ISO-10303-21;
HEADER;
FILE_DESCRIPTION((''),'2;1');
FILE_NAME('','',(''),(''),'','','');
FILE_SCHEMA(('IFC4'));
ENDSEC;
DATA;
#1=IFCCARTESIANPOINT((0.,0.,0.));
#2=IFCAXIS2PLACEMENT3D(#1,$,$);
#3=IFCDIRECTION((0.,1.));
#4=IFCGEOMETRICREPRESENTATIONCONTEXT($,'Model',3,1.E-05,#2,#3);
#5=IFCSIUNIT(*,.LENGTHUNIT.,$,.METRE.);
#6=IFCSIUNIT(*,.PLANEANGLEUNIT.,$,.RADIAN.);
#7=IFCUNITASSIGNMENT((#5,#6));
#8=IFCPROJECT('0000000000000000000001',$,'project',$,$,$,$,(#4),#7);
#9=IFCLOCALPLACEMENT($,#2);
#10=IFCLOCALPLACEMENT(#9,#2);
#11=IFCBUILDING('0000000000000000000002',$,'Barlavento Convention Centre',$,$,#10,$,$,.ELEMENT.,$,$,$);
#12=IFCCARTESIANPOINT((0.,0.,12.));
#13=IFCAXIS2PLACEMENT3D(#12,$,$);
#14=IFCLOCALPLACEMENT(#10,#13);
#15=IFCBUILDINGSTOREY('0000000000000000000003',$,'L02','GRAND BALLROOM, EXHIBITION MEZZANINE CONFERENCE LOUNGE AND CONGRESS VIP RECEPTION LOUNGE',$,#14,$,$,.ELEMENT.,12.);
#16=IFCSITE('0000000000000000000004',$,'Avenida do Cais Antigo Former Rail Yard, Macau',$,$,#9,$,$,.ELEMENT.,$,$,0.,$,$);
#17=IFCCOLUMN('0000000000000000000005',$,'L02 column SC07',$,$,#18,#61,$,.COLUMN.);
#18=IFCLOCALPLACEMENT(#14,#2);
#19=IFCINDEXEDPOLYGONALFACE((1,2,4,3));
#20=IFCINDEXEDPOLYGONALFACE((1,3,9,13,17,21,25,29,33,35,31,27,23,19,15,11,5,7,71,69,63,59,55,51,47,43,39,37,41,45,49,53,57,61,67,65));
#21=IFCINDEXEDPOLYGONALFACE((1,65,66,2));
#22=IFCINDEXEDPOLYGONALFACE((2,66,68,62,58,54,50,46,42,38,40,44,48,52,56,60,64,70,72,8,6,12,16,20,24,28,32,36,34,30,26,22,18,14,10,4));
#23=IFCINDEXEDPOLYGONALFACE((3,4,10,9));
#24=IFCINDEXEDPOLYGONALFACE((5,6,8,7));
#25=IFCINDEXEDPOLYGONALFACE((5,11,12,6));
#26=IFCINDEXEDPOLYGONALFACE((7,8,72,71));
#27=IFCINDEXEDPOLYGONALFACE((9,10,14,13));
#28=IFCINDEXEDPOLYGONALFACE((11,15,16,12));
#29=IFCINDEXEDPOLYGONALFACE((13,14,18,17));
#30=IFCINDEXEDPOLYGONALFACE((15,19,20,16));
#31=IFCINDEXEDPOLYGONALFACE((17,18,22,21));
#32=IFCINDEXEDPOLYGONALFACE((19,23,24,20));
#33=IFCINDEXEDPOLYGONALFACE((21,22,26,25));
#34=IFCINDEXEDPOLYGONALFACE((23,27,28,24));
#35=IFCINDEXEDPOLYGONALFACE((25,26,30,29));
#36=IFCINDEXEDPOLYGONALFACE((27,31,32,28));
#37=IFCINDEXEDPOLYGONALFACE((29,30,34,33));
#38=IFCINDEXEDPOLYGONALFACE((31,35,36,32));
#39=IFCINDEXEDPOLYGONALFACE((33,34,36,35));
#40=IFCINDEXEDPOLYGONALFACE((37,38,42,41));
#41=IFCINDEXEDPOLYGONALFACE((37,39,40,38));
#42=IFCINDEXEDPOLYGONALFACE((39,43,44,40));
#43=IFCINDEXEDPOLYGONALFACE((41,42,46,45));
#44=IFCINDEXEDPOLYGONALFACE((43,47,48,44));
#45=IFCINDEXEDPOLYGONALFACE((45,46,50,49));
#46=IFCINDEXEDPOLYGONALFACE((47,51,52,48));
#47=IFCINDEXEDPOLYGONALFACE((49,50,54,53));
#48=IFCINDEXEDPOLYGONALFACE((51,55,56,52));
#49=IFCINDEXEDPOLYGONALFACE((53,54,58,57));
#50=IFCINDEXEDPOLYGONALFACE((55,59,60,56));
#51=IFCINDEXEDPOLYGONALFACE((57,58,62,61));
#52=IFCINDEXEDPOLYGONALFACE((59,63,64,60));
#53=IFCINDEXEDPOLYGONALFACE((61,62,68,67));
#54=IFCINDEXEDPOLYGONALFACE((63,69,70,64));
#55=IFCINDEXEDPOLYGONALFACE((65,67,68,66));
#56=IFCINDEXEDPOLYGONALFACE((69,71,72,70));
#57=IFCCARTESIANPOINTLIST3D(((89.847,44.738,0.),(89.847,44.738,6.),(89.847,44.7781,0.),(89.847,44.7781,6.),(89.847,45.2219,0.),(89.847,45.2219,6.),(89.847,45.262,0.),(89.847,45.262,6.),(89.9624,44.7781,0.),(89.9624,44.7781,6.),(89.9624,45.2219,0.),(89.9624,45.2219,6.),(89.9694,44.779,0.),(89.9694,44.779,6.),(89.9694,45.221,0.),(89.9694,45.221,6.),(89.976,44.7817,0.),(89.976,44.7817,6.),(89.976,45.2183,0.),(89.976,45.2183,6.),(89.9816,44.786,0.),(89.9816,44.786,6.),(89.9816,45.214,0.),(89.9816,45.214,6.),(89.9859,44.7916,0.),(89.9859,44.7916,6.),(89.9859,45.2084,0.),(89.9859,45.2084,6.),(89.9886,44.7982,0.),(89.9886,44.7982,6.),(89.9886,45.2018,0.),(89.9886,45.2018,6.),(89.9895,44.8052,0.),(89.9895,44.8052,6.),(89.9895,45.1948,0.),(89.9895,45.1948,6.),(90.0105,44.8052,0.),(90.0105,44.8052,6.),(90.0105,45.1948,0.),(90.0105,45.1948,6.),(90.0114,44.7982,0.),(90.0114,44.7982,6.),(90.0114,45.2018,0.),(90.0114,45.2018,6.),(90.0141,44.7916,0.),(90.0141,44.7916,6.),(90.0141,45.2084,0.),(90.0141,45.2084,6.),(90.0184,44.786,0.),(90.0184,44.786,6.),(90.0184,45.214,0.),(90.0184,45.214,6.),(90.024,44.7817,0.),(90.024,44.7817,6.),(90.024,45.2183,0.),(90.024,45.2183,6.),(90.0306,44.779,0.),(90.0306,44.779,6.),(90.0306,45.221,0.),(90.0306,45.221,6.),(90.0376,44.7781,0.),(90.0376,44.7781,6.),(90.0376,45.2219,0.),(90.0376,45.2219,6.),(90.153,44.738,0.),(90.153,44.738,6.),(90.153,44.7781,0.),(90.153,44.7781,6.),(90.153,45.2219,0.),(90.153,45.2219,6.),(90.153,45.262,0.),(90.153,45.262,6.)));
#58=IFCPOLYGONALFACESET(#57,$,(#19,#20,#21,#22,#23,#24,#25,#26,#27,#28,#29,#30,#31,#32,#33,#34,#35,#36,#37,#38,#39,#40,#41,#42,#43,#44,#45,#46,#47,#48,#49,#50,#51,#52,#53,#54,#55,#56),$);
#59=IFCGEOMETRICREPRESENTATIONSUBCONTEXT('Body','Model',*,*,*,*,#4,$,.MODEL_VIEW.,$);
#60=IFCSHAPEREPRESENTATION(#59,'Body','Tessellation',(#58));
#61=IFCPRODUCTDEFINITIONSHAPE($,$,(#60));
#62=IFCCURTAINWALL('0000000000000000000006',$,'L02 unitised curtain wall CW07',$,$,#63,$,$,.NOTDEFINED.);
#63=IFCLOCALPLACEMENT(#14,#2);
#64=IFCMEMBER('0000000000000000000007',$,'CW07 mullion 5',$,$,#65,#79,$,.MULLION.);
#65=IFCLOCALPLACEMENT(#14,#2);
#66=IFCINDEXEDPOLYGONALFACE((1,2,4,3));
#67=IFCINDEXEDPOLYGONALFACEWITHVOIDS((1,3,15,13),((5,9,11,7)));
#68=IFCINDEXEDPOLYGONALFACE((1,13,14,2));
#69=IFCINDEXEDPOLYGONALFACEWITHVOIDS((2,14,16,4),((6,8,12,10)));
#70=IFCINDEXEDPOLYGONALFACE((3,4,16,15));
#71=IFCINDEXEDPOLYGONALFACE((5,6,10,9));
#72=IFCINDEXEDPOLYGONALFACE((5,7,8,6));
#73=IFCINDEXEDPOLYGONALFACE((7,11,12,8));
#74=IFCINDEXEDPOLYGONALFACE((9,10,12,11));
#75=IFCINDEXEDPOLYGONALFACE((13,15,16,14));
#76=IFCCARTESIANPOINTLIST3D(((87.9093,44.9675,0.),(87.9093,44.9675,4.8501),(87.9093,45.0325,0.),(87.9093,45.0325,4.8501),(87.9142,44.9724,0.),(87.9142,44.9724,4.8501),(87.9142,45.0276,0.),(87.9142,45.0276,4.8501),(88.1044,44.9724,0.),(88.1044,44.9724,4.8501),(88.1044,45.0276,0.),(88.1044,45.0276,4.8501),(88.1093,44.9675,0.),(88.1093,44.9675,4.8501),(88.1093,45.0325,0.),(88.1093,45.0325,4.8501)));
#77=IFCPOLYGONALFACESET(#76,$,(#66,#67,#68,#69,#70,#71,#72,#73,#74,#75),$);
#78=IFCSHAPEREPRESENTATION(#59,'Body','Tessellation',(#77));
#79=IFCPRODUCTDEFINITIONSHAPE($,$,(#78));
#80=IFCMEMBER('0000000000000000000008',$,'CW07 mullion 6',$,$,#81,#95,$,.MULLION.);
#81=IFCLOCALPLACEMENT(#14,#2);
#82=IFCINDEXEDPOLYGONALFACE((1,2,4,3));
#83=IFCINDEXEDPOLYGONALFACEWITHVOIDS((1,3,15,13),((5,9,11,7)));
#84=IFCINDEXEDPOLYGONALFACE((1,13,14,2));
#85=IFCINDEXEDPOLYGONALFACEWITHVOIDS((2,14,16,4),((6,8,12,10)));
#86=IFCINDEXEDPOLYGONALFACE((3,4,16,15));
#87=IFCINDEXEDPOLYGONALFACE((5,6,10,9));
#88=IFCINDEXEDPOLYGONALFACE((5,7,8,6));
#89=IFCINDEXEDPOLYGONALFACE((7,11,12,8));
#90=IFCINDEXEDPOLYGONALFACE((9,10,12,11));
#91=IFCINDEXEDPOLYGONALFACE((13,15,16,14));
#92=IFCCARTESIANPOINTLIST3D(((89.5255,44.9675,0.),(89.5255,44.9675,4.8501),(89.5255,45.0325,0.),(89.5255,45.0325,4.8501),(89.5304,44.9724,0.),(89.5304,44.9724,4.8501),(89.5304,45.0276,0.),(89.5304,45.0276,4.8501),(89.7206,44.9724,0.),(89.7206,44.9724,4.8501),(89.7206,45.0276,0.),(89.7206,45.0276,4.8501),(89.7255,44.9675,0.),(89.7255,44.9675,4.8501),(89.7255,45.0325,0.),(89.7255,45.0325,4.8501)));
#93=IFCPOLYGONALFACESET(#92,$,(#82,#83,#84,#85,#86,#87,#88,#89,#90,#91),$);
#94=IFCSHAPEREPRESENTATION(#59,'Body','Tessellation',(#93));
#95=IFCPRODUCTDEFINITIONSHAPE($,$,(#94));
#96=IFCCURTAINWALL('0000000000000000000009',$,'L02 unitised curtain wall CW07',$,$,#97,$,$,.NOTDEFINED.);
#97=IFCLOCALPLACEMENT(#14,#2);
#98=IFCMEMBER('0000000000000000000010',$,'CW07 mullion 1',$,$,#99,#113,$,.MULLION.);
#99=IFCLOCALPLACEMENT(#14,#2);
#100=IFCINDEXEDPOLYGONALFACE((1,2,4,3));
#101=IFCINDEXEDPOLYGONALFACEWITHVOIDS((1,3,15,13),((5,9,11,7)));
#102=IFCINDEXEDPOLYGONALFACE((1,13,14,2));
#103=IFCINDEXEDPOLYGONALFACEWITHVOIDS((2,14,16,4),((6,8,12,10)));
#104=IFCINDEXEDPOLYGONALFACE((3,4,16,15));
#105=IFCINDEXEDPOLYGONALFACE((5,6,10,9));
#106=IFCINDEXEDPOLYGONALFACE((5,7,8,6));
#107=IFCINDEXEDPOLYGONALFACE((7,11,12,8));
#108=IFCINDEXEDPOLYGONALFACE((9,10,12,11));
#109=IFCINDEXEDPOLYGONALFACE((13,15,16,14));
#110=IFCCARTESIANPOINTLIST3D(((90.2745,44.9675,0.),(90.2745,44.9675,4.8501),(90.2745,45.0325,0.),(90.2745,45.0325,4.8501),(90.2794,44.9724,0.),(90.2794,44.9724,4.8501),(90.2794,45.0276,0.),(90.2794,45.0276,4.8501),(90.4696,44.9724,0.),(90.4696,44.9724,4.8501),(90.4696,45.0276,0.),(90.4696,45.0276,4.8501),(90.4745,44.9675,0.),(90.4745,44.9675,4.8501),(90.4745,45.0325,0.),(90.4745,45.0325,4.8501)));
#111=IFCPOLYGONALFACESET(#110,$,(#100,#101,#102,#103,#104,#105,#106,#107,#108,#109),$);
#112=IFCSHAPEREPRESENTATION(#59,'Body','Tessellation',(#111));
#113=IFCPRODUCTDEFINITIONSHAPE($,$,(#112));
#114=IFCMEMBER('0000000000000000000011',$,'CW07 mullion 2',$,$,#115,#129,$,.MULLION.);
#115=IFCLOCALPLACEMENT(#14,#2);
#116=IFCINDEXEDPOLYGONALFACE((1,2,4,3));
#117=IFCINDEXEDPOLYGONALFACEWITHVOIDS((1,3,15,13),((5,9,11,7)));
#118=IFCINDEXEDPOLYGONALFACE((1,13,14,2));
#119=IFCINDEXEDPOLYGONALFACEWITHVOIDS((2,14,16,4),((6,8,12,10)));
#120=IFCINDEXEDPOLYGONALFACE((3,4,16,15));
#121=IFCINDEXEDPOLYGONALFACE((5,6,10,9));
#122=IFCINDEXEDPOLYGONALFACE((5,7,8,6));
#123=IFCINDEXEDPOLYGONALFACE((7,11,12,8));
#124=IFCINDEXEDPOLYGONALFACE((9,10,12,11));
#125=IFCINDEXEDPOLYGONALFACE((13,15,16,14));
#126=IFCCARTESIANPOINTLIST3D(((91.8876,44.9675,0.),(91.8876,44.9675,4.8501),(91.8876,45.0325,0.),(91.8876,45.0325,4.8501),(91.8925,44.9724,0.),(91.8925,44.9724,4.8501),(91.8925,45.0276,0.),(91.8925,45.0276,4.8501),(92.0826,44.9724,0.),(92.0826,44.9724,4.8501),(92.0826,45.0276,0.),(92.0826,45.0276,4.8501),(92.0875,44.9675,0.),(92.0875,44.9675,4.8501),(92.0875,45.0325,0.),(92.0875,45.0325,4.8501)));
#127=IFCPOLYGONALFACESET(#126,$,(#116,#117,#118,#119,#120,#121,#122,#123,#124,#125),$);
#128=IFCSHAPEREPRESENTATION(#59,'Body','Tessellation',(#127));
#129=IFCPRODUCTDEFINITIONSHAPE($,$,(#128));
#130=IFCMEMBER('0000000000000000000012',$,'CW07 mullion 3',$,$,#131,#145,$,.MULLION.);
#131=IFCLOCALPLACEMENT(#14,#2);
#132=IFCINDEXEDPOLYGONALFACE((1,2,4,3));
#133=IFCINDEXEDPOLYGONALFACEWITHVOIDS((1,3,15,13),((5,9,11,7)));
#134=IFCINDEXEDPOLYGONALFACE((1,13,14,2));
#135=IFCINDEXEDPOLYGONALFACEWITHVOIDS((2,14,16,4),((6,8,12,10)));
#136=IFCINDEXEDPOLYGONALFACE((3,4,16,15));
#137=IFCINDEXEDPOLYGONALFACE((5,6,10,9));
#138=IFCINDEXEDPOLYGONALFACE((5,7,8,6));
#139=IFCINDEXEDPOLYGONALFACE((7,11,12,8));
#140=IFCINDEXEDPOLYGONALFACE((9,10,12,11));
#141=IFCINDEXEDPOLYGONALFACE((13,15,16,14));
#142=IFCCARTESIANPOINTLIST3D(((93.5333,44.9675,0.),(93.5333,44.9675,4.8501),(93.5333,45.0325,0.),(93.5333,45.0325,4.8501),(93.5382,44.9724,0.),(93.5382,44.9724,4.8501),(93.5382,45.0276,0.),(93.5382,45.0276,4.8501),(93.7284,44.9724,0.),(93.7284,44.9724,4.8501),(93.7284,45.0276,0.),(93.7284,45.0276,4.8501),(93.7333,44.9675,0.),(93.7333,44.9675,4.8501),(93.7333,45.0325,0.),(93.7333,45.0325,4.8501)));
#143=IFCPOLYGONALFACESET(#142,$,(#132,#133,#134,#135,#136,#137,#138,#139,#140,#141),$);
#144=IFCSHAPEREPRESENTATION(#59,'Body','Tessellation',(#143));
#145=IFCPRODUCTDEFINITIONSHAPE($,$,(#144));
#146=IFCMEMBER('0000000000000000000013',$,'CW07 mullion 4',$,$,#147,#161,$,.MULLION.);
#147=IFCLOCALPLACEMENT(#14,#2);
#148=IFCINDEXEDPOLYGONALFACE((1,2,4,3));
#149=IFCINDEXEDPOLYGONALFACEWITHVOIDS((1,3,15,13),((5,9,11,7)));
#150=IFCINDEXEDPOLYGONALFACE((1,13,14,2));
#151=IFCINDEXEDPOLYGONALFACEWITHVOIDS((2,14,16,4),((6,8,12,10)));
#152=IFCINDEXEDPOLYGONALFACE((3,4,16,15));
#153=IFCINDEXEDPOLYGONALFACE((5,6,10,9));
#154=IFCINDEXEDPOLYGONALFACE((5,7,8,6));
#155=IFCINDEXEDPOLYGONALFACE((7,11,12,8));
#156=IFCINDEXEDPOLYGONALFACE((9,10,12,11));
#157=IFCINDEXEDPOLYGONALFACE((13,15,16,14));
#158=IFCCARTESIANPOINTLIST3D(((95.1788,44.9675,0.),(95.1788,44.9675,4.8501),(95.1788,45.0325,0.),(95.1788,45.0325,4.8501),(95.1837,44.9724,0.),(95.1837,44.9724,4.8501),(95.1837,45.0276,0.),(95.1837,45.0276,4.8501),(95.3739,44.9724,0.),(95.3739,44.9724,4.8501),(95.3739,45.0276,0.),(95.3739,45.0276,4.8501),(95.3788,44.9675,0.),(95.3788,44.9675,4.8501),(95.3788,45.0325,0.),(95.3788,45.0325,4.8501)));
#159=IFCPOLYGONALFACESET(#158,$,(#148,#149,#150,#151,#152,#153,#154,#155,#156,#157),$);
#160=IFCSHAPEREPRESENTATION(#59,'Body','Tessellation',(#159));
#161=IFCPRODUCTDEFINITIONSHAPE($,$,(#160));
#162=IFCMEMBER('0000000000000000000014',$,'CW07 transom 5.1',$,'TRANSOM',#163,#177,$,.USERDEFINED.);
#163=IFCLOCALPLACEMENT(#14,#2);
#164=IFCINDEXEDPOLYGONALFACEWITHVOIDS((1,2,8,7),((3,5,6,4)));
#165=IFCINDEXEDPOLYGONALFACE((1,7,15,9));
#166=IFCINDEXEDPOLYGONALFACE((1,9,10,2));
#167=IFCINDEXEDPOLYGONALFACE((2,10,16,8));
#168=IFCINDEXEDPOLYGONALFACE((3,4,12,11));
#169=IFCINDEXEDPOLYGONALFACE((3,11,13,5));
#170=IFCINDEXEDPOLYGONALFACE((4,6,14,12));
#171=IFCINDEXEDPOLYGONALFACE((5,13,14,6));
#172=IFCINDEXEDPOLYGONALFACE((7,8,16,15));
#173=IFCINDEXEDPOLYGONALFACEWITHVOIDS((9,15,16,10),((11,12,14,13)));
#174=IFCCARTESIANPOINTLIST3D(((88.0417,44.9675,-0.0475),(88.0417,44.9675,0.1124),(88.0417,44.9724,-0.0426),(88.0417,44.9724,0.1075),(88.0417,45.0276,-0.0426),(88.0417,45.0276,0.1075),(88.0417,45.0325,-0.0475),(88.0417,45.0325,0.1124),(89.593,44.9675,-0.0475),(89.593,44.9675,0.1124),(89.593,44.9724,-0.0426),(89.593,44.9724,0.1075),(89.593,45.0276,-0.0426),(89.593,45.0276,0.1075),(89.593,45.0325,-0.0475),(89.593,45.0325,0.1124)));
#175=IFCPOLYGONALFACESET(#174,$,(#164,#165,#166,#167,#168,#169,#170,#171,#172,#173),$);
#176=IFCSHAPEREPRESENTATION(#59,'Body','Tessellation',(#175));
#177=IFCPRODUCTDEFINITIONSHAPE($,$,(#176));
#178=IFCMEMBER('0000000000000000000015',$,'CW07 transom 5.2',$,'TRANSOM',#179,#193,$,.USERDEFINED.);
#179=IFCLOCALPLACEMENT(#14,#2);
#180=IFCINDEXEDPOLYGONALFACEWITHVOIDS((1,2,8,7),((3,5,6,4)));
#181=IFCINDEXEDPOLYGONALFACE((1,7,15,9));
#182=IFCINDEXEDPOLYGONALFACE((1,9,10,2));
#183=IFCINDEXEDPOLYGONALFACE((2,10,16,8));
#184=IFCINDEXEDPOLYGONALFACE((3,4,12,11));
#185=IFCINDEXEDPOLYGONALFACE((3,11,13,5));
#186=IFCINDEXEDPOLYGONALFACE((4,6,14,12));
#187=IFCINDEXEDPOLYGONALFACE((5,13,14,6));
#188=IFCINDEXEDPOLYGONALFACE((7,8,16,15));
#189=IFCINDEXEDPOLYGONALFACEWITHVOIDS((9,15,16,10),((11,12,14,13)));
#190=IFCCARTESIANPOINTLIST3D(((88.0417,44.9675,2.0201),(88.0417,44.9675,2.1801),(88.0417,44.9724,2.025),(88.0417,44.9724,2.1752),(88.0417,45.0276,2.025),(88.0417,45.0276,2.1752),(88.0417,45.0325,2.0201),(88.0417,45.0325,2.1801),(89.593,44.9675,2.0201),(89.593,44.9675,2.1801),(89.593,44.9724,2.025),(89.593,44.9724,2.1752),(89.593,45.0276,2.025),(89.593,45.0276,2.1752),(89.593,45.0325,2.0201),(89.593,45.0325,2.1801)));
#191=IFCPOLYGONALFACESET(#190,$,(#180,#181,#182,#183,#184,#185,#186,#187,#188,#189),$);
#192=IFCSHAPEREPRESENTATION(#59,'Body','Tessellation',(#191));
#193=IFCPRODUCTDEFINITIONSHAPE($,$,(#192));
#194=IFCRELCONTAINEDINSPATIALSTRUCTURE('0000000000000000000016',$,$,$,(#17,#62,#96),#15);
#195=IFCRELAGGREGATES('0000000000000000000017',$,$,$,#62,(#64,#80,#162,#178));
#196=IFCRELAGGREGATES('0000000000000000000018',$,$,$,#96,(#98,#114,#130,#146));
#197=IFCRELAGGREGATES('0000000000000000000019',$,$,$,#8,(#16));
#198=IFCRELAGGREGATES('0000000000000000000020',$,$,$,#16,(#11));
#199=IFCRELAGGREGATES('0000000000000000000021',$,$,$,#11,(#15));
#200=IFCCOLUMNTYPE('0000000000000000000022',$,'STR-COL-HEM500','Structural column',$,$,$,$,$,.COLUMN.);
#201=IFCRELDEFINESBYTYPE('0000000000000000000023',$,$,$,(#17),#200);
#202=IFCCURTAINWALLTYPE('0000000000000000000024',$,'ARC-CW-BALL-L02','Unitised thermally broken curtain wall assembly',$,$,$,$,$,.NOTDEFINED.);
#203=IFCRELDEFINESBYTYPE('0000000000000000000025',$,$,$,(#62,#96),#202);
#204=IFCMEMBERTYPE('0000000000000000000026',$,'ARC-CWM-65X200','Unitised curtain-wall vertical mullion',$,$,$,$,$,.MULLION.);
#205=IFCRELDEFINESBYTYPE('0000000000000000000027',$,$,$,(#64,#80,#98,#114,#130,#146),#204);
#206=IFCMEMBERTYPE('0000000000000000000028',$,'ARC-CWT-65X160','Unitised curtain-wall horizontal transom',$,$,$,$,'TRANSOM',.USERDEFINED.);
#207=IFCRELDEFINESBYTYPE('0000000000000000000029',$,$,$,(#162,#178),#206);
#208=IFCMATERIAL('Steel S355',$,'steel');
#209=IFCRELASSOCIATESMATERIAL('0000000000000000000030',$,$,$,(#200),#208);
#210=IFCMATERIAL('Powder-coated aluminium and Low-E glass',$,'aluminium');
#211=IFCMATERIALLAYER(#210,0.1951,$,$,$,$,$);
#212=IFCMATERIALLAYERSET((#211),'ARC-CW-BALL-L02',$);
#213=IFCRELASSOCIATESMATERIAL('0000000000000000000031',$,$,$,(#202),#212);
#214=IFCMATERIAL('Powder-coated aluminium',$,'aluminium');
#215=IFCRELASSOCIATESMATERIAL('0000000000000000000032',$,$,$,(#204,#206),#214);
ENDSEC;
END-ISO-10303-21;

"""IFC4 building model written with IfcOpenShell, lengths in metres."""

from ifc_helpers import new_model, si_unit, direction, frame, origin, origin_2d, place, context, subcontext, project, spatial, hollow_rectangle, i_section, extrude, material, layer, layer_set, material_profile, profile_set, type_object, element, aggregate, save


model = new_model("IFC4")

# Units and contexts
model_context = context("Model", 3, precision=1e-05, world=origin(), true_north=direction((0.0, 1.0)))
body_context = subcontext(model_context, "Body", "Model", "MODEL_VIEW")
ifc_project = project(units=[si_unit("LENGTHUNIT", "METRE"), si_unit("PLANEANGLEUNIT", "RADIAN")], contexts=[model_context])

# Site, building, storey
site_placement = place(None, origin())
site = spatial("IfcSite", under=ifc_project, at=site_placement, Name="Avenida do Cais Antigo Former Rail Yard, Macau", CompositionType="ELEMENT", RefElevation=0.0)
building_placement = place(site_placement, origin())
building = spatial("IfcBuilding", under=site, at=building_placement, Name="Barlavento Convention Centre", CompositionType="ELEMENT")
storey_placement = place(building_placement, frame((0.0, 0.0, 12.0)))
storey = spatial("IfcBuildingStorey", under=building, at=storey_placement, Name="L02", Description="GRAND BALLROOM, EXHIBITION MEZZANINE CONFERENCE LOUNGE AND CONGRESS VIP RECEPTION LOUNGE", CompositionType="ELEMENT", Elevation=12.0)

# Column
ifc_material_1 = material(Name="Steel S355", Category="steel")
ifc_material_profile_1 = material_profile(ifc_material_1, i_section(OverallWidth=0.3059, OverallDepth=0.5239, WebThickness=0.021, FlangeThickness=0.04, FilletRadius=0.0271, at=origin_2d()), Name="HEM 500")
ifc_profile_set_1 = profile_set([ifc_material_profile_1], Name="Steel S355")
column_type = type_object("IfcColumnType", Name="STR-COL-HEM500", Description="Structural column", PredefinedType="COLUMN", material=ifc_profile_set_1)
column_placement = place(storey_placement, frame((90.0, 45.0, 0.0), z_axis=(0.0, 0.0, 1.0), x_axis=(1.0, 0.0, 0.0)))
element("IfcColumn", 1, at=column_placement, inside=storey, type_object=column_type, Name="L02 column SC07", PredefinedType="COLUMN", context=body_context, shape_type="SweptSolid", body=[
    extrude(i_section(OverallWidth=0.3059, OverallDepth=0.5239, WebThickness=0.021, FlangeThickness=0.04, FilletRadius=0.0271, at=origin_2d()), origin(), (0.0, 0.0, 1.0), 6.0),
])

# Curtain walls, members
ifc_material_2 = material(Name="Powder-coated aluminium and Low-E glass", Category="aluminium")
ifc_layer_1 = layer(ifc_material_2, 0.1951)
ifc_layer_set_1 = layer_set([ifc_layer_1], Name="ARC-CW-BALL-L02")
curtain_wall_type = type_object("IfcCurtainWallType", Name="ARC-CW-BALL-L02", Description="Unitised thermally broken curtain wall assembly", PredefinedType="NOTDEFINED", material=ifc_layer_set_1)
curtain_wall_1_placement = place(storey_placement, origin())
curtain_wall_1 = element("IfcCurtainWall", 2, at=curtain_wall_1_placement, inside=storey, type_object=curtain_wall_type, Name="L02 unitised curtain wall CW07", PredefinedType="NOTDEFINED")
ifc_material_3 = material(Name="Powder-coated aluminium", Category="aluminium")
ifc_material_profile_2 = material_profile(ifc_material_3, hollow_rectangle(XDim=0.0649, YDim=0.2, WallThickness=0.0049, at=origin_2d()), Name="AL-MULL 65x200x5")
ifc_profile_set_2 = profile_set([ifc_material_profile_2], Name="Powder-coated aluminium")
member_type_1 = type_object("IfcMemberType", Name="ARC-CWM-65X200", Description="Unitised curtain-wall vertical mullion", PredefinedType="MULLION", material=ifc_profile_set_2)
member_1_placement = place(storey_placement, frame((88.0093, 45.0, 0.0), z_axis=(0.0, 0.0, 1.0), x_axis=(0.0, 1.0, 0.0)))
member_1 = element("IfcMember", 3, at=member_1_placement, type_object=member_type_1, Name="CW07 mullion 5", PredefinedType="MULLION", context=body_context, shape_type="SweptSolid", body=[
    extrude(hollow_rectangle(XDim=0.0649, YDim=0.2, WallThickness=0.0049, at=origin_2d()), origin(), (0.0, 0.0, 1.0), 4.8501),
])
member_2_placement = place(storey_placement, frame((89.6255, 45.0, 0.0), z_axis=(0.0, 0.0, 1.0), x_axis=(0.0, 1.0, 0.0)))
member_2 = element("IfcMember", 4, at=member_2_placement, type_object=member_type_1, Name="CW07 mullion 6", PredefinedType="MULLION", context=body_context, shape_type="SweptSolid", body=[
    extrude(hollow_rectangle(XDim=0.0649, YDim=0.2, WallThickness=0.0049, at=origin_2d()), origin(), (0.0, 0.0, 1.0), 4.8501),
])
curtain_wall_2_placement = place(storey_placement, origin())
curtain_wall_2 = element("IfcCurtainWall", 5, at=curtain_wall_2_placement, inside=storey, type_object=curtain_wall_type, Name="L02 unitised curtain wall CW07", PredefinedType="NOTDEFINED")
member_3_placement = place(storey_placement, frame((90.3745, 45.0, 0.0), z_axis=(0.0, 0.0, 1.0), x_axis=(0.0, 1.0, 0.0)))
member_3 = element("IfcMember", 6, at=member_3_placement, type_object=member_type_1, Name="CW07 mullion 1", PredefinedType="MULLION", context=body_context, shape_type="SweptSolid", body=[
    extrude(hollow_rectangle(XDim=0.0649, YDim=0.2, WallThickness=0.0049, at=origin_2d()), origin(), (0.0, 0.0, 1.0), 4.8501),
])
member_4_placement = place(storey_placement, frame((91.9875, 45.0, 0.0), z_axis=(0.0, 0.0, 1.0), x_axis=(0.0, 1.0, 0.0)))
member_4 = element("IfcMember", 7, at=member_4_placement, type_object=member_type_1, Name="CW07 mullion 2", PredefinedType="MULLION", context=body_context, shape_type="SweptSolid", body=[
    extrude(hollow_rectangle(XDim=0.0649, YDim=0.2, WallThickness=0.0049, at=origin_2d()), origin(), (0.0, 0.0, 1.0), 4.8501),
])
member_5_placement = place(storey_placement, frame((93.6333, 45.0, 0.0), z_axis=(0.0, 0.0, 1.0), x_axis=(0.0, 1.0, 0.0)))
member_5 = element("IfcMember", 8, at=member_5_placement, type_object=member_type_1, Name="CW07 mullion 3", PredefinedType="MULLION", context=body_context, shape_type="SweptSolid", body=[
    extrude(hollow_rectangle(XDim=0.0649, YDim=0.2, WallThickness=0.0049, at=origin_2d()), origin(), (0.0, 0.0, 1.0), 4.8501),
])
member_6_placement = place(storey_placement, frame((95.2788, 45.0, 0.0), z_axis=(0.0, 0.0, 1.0), x_axis=(0.0, 1.0, 0.0)))
member_6 = element("IfcMember", 9, at=member_6_placement, type_object=member_type_1, Name="CW07 mullion 4", PredefinedType="MULLION", context=body_context, shape_type="SweptSolid", body=[
    extrude(hollow_rectangle(XDim=0.0649, YDim=0.2, WallThickness=0.0049, at=origin_2d()), origin(), (0.0, 0.0, 1.0), 4.8501),
])

# Members
ifc_material_profile_3 = material_profile(ifc_material_3, hollow_rectangle(XDim=0.0649, YDim=0.1599, WallThickness=0.0049, at=origin_2d()), Name="AL-TRAN 65x160x5")
ifc_profile_set_3 = profile_set([ifc_material_profile_3], Name="Powder-coated aluminium")
member_type_2 = type_object("IfcMemberType", Name="ARC-CWT-65X160", Description="Unitised curtain-wall horizontal transom", ElementType="TRANSOM", PredefinedType="USERDEFINED", material=ifc_profile_set_3)
member_7_placement = place(storey_placement, frame((88.0417, 45.0, 0.0325), z_axis=(1.0, 0.0, 0.0), x_axis=(0.0, 1.0, 0.0)))
member_7 = element("IfcMember", 10, at=member_7_placement, type_object=member_type_2, Name="CW07 transom 5.1", ObjectType="TRANSOM", PredefinedType="USERDEFINED", context=body_context, shape_type="SweptSolid", body=[
    extrude(hollow_rectangle(XDim=0.0649, YDim=0.1599, WallThickness=0.0049, at=origin_2d()), origin(), (0.0, 0.0, 1.0), 1.5513),
])
member_8_placement = place(storey_placement, frame((88.0417, 45.0, 2.1001), z_axis=(1.0, 0.0, 0.0), x_axis=(0.0, 1.0, 0.0)))
member_8 = element("IfcMember", 11, at=member_8_placement, type_object=member_type_2, Name="CW07 transom 5.2", ObjectType="TRANSOM", PredefinedType="USERDEFINED", context=body_context, shape_type="SweptSolid", body=[
    extrude(hollow_rectangle(XDim=0.0649, YDim=0.1599, WallThickness=0.0049, at=origin_2d()), origin(), (0.0, 0.0, 1.0), 1.5513),
])

aggregate(curtain_wall_1, [member_1, member_2, member_7, member_8])
aggregate(curtain_wall_2, [member_3, member_4, member_5, member_6])

save(model, "model.ifc")
